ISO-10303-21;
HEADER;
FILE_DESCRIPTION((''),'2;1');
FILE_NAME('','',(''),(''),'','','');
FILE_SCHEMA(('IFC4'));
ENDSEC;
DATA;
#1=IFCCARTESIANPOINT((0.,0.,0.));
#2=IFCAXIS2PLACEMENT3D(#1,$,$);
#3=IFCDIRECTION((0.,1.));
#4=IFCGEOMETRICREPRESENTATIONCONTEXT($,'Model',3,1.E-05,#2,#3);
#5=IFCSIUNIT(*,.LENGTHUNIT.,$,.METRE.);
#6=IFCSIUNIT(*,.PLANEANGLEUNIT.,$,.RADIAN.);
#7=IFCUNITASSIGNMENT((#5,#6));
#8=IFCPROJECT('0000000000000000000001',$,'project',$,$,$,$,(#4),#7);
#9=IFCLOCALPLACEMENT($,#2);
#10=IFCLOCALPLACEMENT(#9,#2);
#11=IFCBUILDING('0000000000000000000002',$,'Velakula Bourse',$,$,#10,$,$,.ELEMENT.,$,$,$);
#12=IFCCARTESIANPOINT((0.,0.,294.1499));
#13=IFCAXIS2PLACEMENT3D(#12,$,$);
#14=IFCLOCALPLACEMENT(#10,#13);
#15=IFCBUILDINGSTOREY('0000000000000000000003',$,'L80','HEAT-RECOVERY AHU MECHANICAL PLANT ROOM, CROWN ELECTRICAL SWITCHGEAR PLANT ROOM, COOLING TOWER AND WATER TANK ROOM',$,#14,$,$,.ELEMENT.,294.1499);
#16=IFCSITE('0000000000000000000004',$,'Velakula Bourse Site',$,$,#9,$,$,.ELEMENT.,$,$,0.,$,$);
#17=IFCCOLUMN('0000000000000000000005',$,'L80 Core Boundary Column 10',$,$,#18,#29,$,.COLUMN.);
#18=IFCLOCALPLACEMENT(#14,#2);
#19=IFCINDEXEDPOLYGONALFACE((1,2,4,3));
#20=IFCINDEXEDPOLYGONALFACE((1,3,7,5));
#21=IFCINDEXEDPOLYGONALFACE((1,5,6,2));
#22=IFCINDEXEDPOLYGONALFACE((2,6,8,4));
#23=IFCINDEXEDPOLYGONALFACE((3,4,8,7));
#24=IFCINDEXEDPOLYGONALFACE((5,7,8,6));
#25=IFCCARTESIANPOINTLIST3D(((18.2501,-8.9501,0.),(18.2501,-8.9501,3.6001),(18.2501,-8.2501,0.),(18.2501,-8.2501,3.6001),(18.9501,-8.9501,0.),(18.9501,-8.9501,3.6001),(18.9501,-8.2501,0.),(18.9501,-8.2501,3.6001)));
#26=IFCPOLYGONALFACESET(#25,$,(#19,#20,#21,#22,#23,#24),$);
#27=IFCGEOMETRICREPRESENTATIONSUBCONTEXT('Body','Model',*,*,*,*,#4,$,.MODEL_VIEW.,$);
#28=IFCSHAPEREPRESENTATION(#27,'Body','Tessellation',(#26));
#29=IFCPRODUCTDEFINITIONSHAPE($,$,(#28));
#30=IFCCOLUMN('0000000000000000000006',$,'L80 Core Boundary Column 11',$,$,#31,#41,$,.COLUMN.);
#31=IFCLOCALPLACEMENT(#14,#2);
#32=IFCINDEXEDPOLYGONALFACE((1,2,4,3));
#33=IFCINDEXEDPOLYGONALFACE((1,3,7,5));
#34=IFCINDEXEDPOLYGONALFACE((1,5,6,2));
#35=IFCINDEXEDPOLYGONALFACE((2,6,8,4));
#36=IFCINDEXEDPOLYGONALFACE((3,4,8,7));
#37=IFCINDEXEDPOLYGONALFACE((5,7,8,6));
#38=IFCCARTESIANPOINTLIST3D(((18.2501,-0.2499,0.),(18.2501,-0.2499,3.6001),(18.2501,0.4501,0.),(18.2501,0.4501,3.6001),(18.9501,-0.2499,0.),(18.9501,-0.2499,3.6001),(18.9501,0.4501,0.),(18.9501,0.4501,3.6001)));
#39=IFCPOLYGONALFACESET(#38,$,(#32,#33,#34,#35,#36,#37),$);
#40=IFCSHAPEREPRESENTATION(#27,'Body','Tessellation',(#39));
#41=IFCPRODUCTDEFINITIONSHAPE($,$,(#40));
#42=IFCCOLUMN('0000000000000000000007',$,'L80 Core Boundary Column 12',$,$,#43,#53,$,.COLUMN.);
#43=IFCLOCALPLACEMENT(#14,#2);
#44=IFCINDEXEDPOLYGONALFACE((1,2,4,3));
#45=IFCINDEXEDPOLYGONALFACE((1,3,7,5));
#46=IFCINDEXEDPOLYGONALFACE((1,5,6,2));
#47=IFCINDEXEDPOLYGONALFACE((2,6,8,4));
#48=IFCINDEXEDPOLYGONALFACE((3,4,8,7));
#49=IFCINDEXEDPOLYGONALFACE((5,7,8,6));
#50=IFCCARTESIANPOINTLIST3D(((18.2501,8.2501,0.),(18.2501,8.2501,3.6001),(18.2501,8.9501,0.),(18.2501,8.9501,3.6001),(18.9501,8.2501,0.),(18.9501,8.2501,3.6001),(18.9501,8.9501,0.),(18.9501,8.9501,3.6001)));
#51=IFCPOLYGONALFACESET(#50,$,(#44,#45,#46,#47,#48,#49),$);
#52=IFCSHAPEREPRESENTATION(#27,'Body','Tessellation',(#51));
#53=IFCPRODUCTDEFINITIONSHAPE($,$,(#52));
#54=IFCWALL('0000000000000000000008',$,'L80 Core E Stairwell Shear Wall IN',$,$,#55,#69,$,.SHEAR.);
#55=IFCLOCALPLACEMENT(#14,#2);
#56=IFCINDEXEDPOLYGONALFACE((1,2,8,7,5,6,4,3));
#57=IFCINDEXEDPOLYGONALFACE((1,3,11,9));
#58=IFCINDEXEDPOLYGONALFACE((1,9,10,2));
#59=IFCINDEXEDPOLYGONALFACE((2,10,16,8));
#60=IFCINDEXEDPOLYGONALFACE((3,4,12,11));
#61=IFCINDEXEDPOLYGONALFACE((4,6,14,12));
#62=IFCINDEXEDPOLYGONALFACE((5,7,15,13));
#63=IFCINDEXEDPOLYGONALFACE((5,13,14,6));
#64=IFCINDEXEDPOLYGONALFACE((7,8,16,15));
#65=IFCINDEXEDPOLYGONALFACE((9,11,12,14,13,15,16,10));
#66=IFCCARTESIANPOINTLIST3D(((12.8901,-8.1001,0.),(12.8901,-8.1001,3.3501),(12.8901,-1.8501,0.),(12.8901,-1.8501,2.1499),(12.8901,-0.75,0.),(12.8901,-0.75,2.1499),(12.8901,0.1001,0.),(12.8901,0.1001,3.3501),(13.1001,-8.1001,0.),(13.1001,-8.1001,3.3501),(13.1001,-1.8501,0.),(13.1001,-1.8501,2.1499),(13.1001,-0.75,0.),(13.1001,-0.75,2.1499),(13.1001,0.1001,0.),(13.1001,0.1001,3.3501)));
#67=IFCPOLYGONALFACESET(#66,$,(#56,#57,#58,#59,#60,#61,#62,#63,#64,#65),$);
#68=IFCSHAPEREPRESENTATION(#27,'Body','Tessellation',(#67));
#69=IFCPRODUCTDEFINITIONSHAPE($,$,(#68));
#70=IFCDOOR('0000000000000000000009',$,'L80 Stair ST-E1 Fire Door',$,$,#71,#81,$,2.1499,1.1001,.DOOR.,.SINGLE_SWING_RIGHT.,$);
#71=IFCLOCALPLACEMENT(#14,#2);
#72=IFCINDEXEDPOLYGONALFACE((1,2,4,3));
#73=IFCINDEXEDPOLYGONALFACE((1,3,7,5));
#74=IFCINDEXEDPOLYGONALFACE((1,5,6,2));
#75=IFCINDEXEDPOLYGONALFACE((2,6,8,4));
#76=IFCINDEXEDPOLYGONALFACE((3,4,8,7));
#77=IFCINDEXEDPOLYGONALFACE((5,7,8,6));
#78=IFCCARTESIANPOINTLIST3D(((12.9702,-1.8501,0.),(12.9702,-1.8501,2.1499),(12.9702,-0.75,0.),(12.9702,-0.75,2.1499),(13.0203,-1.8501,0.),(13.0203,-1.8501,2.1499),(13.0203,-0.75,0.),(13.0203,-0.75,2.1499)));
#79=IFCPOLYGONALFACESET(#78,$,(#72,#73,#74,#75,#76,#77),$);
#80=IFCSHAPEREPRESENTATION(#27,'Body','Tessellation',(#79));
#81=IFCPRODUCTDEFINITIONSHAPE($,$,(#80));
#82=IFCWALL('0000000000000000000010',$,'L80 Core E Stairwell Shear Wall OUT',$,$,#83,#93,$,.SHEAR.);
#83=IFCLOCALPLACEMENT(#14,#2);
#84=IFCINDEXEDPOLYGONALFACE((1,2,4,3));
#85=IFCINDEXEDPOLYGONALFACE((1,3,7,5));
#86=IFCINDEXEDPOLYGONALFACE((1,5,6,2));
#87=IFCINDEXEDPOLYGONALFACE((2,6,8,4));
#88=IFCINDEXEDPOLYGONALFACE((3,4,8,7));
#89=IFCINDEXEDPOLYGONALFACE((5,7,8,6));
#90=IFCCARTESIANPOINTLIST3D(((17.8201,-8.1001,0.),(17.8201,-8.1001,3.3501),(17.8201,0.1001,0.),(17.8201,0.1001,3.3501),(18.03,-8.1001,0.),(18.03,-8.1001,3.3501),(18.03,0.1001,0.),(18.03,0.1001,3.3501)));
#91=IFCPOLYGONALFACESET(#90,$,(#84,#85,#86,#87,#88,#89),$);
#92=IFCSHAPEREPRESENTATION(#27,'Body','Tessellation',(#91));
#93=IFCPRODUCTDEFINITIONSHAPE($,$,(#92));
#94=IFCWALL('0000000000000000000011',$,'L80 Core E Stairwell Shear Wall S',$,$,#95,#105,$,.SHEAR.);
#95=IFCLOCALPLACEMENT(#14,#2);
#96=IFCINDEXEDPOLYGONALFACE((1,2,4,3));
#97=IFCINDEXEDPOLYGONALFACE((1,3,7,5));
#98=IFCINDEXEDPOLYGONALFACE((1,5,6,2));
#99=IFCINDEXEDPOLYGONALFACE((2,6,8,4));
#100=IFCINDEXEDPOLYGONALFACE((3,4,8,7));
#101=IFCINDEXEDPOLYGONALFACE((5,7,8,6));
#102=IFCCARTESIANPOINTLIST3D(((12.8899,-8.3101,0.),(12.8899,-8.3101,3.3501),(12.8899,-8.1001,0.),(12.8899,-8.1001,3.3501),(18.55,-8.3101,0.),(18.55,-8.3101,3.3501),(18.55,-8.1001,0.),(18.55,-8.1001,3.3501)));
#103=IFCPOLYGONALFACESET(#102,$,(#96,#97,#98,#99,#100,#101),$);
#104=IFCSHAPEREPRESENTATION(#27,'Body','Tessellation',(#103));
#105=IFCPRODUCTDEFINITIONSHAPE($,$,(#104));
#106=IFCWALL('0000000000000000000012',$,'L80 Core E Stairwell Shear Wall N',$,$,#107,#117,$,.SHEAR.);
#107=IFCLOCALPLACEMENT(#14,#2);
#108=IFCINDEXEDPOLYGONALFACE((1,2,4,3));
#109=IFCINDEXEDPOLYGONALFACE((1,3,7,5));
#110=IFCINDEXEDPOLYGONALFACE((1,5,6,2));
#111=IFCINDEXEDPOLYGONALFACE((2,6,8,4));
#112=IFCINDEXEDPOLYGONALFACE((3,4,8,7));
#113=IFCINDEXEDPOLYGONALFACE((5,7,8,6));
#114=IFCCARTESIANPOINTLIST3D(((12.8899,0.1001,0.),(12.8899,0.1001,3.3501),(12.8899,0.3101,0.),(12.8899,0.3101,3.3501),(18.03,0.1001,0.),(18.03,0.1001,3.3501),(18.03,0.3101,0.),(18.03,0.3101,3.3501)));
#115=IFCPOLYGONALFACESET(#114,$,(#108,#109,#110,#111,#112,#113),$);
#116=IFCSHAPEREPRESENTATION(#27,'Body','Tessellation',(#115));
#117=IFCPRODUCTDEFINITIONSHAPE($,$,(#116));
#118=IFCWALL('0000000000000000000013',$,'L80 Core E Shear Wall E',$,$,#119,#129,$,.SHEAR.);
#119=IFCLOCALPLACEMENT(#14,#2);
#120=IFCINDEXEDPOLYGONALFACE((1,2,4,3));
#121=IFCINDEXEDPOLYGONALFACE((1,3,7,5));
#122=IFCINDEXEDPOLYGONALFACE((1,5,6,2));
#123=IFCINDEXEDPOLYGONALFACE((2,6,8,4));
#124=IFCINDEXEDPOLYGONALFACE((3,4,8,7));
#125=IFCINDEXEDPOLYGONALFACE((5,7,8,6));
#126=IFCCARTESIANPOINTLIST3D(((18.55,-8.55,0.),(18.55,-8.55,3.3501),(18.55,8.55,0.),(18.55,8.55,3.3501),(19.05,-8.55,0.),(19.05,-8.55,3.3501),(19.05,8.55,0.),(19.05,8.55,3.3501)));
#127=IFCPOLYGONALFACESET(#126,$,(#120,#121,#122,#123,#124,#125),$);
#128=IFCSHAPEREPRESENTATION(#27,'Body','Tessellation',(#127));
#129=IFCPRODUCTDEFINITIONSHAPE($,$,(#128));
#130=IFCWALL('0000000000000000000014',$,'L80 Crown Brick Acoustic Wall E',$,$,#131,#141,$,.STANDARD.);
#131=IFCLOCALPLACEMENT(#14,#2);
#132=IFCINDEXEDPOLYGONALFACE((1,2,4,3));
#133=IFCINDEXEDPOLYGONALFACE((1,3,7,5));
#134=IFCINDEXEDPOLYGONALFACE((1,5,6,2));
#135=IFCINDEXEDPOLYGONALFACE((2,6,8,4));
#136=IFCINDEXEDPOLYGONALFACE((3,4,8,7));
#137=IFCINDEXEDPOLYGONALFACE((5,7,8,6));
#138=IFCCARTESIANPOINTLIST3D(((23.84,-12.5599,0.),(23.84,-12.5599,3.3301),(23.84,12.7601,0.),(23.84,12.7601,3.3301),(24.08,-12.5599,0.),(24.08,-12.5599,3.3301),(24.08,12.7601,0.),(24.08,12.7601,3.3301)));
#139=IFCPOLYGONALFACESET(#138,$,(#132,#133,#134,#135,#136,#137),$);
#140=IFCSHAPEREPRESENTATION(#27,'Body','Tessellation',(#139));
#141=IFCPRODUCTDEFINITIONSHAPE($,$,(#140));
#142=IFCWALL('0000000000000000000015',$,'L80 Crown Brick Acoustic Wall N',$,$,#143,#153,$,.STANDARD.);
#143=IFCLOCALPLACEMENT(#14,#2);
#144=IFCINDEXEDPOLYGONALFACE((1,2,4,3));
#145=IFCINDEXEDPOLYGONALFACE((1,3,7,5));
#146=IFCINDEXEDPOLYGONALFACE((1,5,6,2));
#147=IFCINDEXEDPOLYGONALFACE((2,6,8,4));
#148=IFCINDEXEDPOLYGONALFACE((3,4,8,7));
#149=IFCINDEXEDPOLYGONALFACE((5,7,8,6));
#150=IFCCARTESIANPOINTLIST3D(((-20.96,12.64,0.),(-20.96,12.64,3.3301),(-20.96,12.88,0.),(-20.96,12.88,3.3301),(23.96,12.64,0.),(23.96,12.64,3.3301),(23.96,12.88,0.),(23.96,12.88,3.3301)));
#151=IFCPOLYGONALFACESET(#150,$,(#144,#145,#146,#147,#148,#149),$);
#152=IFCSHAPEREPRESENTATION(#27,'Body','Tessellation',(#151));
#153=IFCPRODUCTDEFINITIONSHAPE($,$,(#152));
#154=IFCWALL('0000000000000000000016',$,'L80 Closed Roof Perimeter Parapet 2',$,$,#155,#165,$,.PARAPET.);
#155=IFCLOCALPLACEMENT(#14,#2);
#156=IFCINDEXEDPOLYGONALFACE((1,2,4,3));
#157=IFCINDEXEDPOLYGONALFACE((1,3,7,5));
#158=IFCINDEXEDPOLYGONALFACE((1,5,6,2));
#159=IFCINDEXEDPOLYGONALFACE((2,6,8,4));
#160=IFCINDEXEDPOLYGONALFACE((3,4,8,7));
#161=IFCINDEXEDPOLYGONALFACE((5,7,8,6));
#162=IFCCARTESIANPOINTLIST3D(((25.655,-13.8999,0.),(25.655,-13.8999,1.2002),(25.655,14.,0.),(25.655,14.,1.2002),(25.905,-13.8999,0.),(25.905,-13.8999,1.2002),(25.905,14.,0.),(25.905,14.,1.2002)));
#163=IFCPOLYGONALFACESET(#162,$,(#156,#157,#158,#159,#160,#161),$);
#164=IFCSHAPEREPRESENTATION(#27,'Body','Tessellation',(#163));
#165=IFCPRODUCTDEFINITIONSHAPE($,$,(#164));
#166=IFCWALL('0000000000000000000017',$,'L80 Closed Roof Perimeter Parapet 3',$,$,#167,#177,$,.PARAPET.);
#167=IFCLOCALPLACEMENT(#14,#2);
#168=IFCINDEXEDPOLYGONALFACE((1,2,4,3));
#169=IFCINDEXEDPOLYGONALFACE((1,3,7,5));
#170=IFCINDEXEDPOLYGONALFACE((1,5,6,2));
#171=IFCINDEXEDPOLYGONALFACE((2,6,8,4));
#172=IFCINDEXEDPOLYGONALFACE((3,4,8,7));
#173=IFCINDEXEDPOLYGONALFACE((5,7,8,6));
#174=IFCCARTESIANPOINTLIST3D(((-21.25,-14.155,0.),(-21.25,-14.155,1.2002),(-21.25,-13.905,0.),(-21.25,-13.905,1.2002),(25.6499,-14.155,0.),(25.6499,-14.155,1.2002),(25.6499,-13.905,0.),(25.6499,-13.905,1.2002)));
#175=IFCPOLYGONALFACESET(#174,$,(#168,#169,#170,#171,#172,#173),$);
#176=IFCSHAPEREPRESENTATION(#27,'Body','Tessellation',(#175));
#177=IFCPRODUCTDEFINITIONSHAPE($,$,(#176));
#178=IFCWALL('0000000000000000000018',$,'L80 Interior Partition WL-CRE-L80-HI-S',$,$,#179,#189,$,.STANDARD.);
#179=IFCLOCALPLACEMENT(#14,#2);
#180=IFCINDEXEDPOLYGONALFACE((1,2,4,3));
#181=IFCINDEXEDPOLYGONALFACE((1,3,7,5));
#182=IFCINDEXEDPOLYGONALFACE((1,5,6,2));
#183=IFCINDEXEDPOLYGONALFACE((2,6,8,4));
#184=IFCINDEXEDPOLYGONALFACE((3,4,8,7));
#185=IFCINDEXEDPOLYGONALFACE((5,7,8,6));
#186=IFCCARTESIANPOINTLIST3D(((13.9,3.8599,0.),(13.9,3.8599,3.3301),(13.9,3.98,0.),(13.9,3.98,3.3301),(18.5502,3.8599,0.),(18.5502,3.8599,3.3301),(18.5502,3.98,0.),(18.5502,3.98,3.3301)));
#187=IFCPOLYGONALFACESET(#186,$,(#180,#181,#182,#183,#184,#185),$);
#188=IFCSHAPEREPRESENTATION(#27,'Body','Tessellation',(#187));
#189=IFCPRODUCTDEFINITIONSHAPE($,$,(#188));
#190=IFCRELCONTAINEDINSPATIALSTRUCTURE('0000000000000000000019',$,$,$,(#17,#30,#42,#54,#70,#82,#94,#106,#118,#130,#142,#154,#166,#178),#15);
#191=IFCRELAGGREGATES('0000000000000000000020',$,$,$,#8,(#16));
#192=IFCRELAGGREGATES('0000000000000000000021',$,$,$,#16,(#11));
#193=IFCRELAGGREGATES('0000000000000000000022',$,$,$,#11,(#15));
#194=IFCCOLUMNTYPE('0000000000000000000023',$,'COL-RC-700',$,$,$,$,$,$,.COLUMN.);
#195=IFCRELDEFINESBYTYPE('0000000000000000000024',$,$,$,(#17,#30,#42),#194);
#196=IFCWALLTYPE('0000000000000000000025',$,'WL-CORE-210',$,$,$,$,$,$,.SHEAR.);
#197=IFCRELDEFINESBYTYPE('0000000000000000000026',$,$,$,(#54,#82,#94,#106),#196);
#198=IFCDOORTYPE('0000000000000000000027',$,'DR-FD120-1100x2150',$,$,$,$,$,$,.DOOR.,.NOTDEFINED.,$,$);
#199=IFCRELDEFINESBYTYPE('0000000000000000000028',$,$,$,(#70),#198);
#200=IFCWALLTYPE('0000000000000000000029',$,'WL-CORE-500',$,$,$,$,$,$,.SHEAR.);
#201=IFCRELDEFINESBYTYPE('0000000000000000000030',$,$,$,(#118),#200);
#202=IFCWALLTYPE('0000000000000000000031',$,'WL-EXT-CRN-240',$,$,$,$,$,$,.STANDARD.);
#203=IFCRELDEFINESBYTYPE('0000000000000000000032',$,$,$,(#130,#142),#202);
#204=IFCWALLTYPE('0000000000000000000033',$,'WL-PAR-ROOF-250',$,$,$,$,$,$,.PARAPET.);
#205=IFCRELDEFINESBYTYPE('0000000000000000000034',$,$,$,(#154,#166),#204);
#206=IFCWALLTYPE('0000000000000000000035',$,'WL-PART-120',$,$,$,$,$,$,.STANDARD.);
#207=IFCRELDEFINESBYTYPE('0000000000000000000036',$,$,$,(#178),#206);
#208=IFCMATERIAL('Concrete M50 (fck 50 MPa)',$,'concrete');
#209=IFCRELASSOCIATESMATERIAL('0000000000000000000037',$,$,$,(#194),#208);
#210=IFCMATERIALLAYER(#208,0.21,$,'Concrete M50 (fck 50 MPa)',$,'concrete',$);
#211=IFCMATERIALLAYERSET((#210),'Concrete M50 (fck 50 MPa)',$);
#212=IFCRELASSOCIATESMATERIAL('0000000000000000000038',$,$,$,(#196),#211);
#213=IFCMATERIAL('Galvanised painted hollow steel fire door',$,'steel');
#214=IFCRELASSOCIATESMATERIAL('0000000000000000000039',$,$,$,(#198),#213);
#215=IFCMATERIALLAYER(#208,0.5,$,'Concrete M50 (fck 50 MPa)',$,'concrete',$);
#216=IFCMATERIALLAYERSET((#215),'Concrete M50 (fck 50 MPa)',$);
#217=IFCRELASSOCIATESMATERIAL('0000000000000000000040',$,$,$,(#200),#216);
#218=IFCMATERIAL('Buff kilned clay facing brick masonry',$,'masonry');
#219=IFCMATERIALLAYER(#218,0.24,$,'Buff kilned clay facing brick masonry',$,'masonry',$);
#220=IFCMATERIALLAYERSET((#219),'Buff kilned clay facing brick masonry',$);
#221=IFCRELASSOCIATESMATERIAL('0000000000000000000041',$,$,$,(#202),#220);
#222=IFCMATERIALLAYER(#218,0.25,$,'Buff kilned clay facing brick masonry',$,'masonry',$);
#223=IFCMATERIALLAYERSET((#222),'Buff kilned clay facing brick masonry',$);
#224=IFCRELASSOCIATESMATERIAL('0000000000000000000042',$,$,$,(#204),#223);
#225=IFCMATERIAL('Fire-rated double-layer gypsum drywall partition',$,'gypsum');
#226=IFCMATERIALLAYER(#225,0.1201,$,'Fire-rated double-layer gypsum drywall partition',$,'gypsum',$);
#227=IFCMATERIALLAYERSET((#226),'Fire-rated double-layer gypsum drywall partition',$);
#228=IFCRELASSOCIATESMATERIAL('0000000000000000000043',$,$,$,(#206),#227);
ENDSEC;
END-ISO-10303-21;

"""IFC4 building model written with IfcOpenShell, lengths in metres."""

from ifc_helpers import new_model, si_unit, direction, frame, frame_2d, origin, origin_2d, place, context, subcontext, project, spatial, rectangle, extrude, material, layer, layer_set, material_profile, profile_set, type_object, element, fill, save


model = new_model("IFC4")

# Units and contexts
model_context = context("Model", 3, precision=1e-05, world=origin(), true_north=direction((0.0, 1.0)))
body_context = subcontext(model_context, "Body", "Model", "MODEL_VIEW")
ifc_project = project(units=[si_unit("LENGTHUNIT", "METRE"), si_unit("PLANEANGLEUNIT", "RADIAN")], contexts=[model_context])

# Site, building, storey
site_placement = place(None, origin())
site = spatial("IfcSite", under=ifc_project, at=site_placement, Name="Velakula Bourse Site", CompositionType="ELEMENT", RefElevation=0.0)
building_placement = place(site_placement, origin())
building = spatial("IfcBuilding", under=site, at=building_placement, Name="Velakula Bourse", CompositionType="ELEMENT")
storey_placement = place(building_placement, frame((0.0, 0.0, 294.1499)))
storey = spatial("IfcBuildingStorey", under=building, at=storey_placement, Name="L80", Description="HEAT-RECOVERY AHU MECHANICAL PLANT ROOM, CROWN ELECTRICAL SWITCHGEAR PLANT ROOM, COOLING TOWER AND WATER TANK ROOM", CompositionType="ELEMENT", Elevation=294.1499)

# Columns
ifc_material_1 = material(Name="Concrete M50 (fck 50 MPa)", Category="concrete")
ifc_material_profile = material_profile(ifc_material_1, rectangle(XDim=0.7, YDim=0.7, at=origin_2d()), Name="Concrete M50 (fck 50 MPa)")
ifc_profile_set = profile_set([ifc_material_profile], Name="Concrete M50 (fck 50 MPa)")
column_type = type_object("IfcColumnType", Name="COL-RC-700", PredefinedType="COLUMN", material=ifc_profile_set)
for number, where, z_axis, x_axis, name in (
    (1, (18.6001, -8.6001, 0.0), (0.0, 0.0, 1.0), (1.0, 0.0, 0.0), "L80 Core Boundary Column 10"),
    (2, (18.6001, 0.1001, 0.0), (0.0, 0.0, 1.0), (1.0, 0.0, 0.0), "L80 Core Boundary Column 11"),
    (3, (18.6001, 8.6001, 0.0), (0.0, 0.0, 1.0), (1.0, 0.0, 0.0), "L80 Core Boundary Column 12"),
):
    element("IfcColumn", number, at=place(storey_placement, frame(where, z_axis=z_axis, x_axis=x_axis)), inside=storey, type_object=column_type, Name=name, PredefinedType="COLUMN", context=body_context, shape_type="SweptSolid", body=[
        extrude(rectangle(XDim=0.7, YDim=0.7, at=origin_2d()), origin(), (0.0, 0.0, 1.0), 3.6001),
    ])

# Wall, opening, door
ifc_layer_1 = layer(ifc_material_1, 0.21, Name="Concrete M50 (fck 50 MPa)", Category="concrete")
ifc_layer_set_1 = layer_set([ifc_layer_1], Name="Concrete M50 (fck 50 MPa)")
wall_type_1 = type_object("IfcWallType", Name="WL-CORE-210", PredefinedType="SHEAR", material=ifc_layer_set_1)
wall_1_placement = place(storey_placement, frame((12.9951, -8.1001, 0.0), z_axis=(0.0, 0.0, 1.0), x_axis=(0.0, 1.0, 0.0)))
wall_1 = element("IfcWall", 4, at=wall_1_placement, inside=storey, type_object=wall_type_1, Name="L80 Core E Stairwell Shear Wall IN", PredefinedType="SHEAR", context=body_context, shape_type="SweptSolid", body=[
    extrude(rectangle(XDim=8.2002, YDim=0.21, at=frame_2d((4.1001, 0.0))), origin(), (0.0, 0.0, 1.0), 3.3501),
])
opening_1_placement = place(wall_1_placement, frame((6.25, 0.0, 0.0)))
opening_1 = element("IfcOpeningElement", 5, at=opening_1_placement, cuts=wall_1, PredefinedType="OPENING", context=body_context, shape_type="SweptSolid", body=[
    extrude(rectangle(XDim=1.1001, YDim=2.1499, at=frame_2d((0.55, 1.075))), frame((0.0, 0.115, 0.0), z_axis=(0.0, -1.0, 0.0), x_axis=(1.0, 0.0, 0.0)), (0.0, 0.0, 1.0), 0.23),
])
ifc_material_2 = material(Name="Galvanised painted hollow steel fire door", Category="steel")
door_type_1 = type_object("IfcDoorType", Name="DR-FD120-1100x2150", OperationType="NOTDEFINED", PredefinedType="DOOR", material=ifc_material_2)
door_1_placement = place(opening_1_placement, origin())
door_1 = element("IfcDoor", 6, at=door_1_placement, inside=storey, type_object=door_type_1, Name="L80 Stair ST-E1 Fire Door", OperationType="SINGLE_SWING_RIGHT", OverallHeight=2.1499, OverallWidth=1.1001, PredefinedType="DOOR", context=body_context, shape_type="SweptSolid", body=[
    extrude(rectangle(XDim=1.1001, YDim=2.1499, at=frame_2d((0.55, 1.075))), frame((0.0, 0.0249, 0.0), z_axis=(0.0, -1.0, 0.0), x_axis=(1.0, 0.0, 0.0)), (0.0, 0.0, 1.0), 0.05),
])
fill(opening_1, door_1)

# Walls
wall_2_placement = place(storey_placement, frame((17.925, -8.1001, 0.0), z_axis=(0.0, 0.0, 1.0), x_axis=(0.0, 1.0, 0.0)))
element("IfcWall", 7, at=wall_2_placement, inside=storey, type_object=wall_type_1, Name="L80 Core E Stairwell Shear Wall OUT", PredefinedType="SHEAR", context=body_context, shape_type="SweptSolid", body=[
    extrude(rectangle(XDim=8.2002, YDim=0.21, at=frame_2d((4.1001, 0.0))), origin(), (0.0, 0.0, 1.0), 3.3501),
])
wall_3_placement = place(storey_placement, frame((12.8899, -8.2051, 0.0), z_axis=(0.0, 0.0, 1.0), x_axis=(1.0, 0.0, 0.0)))
element("IfcWall", 8, at=wall_3_placement, inside=storey, type_object=wall_type_1, Name="L80 Core E Stairwell Shear Wall S", PredefinedType="SHEAR", context=body_context, shape_type="SweptSolid", body=[
    extrude(rectangle(XDim=5.6602, YDim=0.21, at=frame_2d((2.8301, 0.0))), origin(), (0.0, 0.0, 1.0), 3.3501),
])
wall_4_placement = place(storey_placement, frame((18.03, 0.2051, 0.0), z_axis=(0.0, 0.0, 1.0), x_axis=(-1.0, 0.0, 0.0)))
element("IfcWall", 9, at=wall_4_placement, inside=storey, type_object=wall_type_1, Name="L80 Core E Stairwell Shear Wall N", PredefinedType="SHEAR", context=body_context, shape_type="SweptSolid", body=[
    extrude(rectangle(XDim=5.1401, YDim=0.21, at=frame_2d((2.5701, 0.0))), origin(), (0.0, 0.0, 1.0), 3.3501),
])
ifc_layer_2 = layer(ifc_material_1, 0.5, Name="Concrete M50 (fck 50 MPa)", Category="concrete")
ifc_layer_set_2 = layer_set([ifc_layer_2], Name="Concrete M50 (fck 50 MPa)")
wall_type_2 = type_object("IfcWallType", Name="WL-CORE-500", PredefinedType="SHEAR", material=ifc_layer_set_2)
wall_5_placement = place(storey_placement, frame((18.8, -8.55, 0.0), z_axis=(0.0, 0.0, 1.0), x_axis=(0.0, 1.0, 0.0)))
element("IfcWall", 10, at=wall_5_placement, inside=storey, type_object=wall_type_2, Name="L80 Core E Shear Wall E", PredefinedType="SHEAR", context=body_context, shape_type="SweptSolid", body=[
    extrude(rectangle(XDim=17.1001, YDim=0.5, at=frame_2d((8.55, 0.0))), origin(), (0.0, 0.0, 1.0), 3.3501),
])
ifc_material_3 = material(Name="Buff kilned clay facing brick masonry", Category="masonry")
ifc_layer_3 = layer(ifc_material_3, 0.24, Name="Buff kilned clay facing brick masonry", Category="masonry")
ifc_layer_set_3 = layer_set([ifc_layer_3], Name="Buff kilned clay facing brick masonry")
wall_type_3 = type_object("IfcWallType", Name="WL-EXT-CRN-240", PredefinedType="STANDARD", material=ifc_layer_set_3)
wall_6_placement = place(storey_placement, frame((23.96, -12.5601, 0.0), z_axis=(0.0, 0.0, 1.0), x_axis=(0.0, 1.0, 0.0)))
element("IfcWall", 11, at=wall_6_placement, inside=storey, type_object=wall_type_3, Name="L80 Crown Brick Acoustic Wall E", PredefinedType="STANDARD", context=body_context, shape_type="SweptSolid", body=[
    extrude(rectangle(XDim=25.3201, YDim=0.24, at=frame_2d((12.6602, 0.0))), origin(), (0.0, 0.0, 1.0), 3.3301),
])
wall_7_placement = place(storey_placement, frame((23.96, 12.76, 0.0), z_axis=(0.0, 0.0, 1.0), x_axis=(-1.0, 0.0, 0.0)))
element("IfcWall", 12, at=wall_7_placement, inside=storey, type_object=wall_type_3, Name="L80 Crown Brick Acoustic Wall N", PredefinedType="STANDARD", context=body_context, shape_type="SweptSolid", body=[
    extrude(rectangle(XDim=44.9199, YDim=0.24, at=frame_2d((22.46, 0.0))), origin(), (0.0, 0.0, 1.0), 3.3301),
])
ifc_layer_4 = layer(ifc_material_3, 0.25, Name="Buff kilned clay facing brick masonry", Category="masonry")
ifc_layer_set_4 = layer_set([ifc_layer_4], Name="Buff kilned clay facing brick masonry")
wall_type_4 = type_object("IfcWallType", Name="WL-PAR-ROOF-250", PredefinedType="PARAPET", material=ifc_layer_set_4)
wall_8_placement = place(storey_placement, frame((25.78, 14.0, 0.0), z_axis=(0.0, 0.0, 1.0), x_axis=(0.0, -1.0, 0.0)))
element("IfcWall", 13, at=wall_8_placement, inside=storey, type_object=wall_type_4, Name="L80 Closed Roof Perimeter Parapet 2", PredefinedType="PARAPET", context=body_context, shape_type="SweptSolid", body=[
    extrude(rectangle(XDim=27.8999, YDim=0.25, at=frame_2d((13.95, 0.0))), origin(), (0.0, 0.0, 1.0), 1.2002),
])
wall_9_placement = place(storey_placement, frame((25.6499, -14.03, 0.0), z_axis=(0.0, 0.0, 1.0), x_axis=(-1.0, 0.0, 0.0)))
element("IfcWall", 14, at=wall_9_placement, inside=storey, type_object=wall_type_4, Name="L80 Closed Roof Perimeter Parapet 3", PredefinedType="PARAPET", context=body_context, shape_type="SweptSolid", body=[
    extrude(rectangle(XDim=46.8999, YDim=0.25, at=frame_2d((23.45, 0.0))), origin(), (0.0, 0.0, 1.0), 1.2002),
])
ifc_material_4 = material(Name="Fire-rated double-layer gypsum drywall partition", Category="gypsum")
ifc_layer_5 = layer(ifc_material_4, 0.1201, Name="Fire-rated double-layer gypsum drywall partition", Category="gypsum")
ifc_layer_set_5 = layer_set([ifc_layer_5], Name="Fire-rated double-layer gypsum drywall partition")
wall_type_5 = type_object("IfcWallType", Name="WL-PART-120", PredefinedType="STANDARD", material=ifc_layer_set_5)
wall_10_placement = place(storey_placement, frame((13.8999, 3.9199, 0.0), z_axis=(0.0, 0.0, 1.0), x_axis=(1.0, 0.0, 0.0)))
element("IfcWall", 15, at=wall_10_placement, inside=storey, type_object=wall_type_5, Name="L80 Interior Partition WL-CRE-L80-HI-S", PredefinedType="STANDARD", context=body_context, shape_type="SweptSolid", body=[
    extrude(rectangle(XDim=4.6501, YDim=0.1201, at=frame_2d((2.3252, 0.0))), origin(), (0.0, 0.0, 1.0), 3.3301),
])

save(model, "model.ifc")
